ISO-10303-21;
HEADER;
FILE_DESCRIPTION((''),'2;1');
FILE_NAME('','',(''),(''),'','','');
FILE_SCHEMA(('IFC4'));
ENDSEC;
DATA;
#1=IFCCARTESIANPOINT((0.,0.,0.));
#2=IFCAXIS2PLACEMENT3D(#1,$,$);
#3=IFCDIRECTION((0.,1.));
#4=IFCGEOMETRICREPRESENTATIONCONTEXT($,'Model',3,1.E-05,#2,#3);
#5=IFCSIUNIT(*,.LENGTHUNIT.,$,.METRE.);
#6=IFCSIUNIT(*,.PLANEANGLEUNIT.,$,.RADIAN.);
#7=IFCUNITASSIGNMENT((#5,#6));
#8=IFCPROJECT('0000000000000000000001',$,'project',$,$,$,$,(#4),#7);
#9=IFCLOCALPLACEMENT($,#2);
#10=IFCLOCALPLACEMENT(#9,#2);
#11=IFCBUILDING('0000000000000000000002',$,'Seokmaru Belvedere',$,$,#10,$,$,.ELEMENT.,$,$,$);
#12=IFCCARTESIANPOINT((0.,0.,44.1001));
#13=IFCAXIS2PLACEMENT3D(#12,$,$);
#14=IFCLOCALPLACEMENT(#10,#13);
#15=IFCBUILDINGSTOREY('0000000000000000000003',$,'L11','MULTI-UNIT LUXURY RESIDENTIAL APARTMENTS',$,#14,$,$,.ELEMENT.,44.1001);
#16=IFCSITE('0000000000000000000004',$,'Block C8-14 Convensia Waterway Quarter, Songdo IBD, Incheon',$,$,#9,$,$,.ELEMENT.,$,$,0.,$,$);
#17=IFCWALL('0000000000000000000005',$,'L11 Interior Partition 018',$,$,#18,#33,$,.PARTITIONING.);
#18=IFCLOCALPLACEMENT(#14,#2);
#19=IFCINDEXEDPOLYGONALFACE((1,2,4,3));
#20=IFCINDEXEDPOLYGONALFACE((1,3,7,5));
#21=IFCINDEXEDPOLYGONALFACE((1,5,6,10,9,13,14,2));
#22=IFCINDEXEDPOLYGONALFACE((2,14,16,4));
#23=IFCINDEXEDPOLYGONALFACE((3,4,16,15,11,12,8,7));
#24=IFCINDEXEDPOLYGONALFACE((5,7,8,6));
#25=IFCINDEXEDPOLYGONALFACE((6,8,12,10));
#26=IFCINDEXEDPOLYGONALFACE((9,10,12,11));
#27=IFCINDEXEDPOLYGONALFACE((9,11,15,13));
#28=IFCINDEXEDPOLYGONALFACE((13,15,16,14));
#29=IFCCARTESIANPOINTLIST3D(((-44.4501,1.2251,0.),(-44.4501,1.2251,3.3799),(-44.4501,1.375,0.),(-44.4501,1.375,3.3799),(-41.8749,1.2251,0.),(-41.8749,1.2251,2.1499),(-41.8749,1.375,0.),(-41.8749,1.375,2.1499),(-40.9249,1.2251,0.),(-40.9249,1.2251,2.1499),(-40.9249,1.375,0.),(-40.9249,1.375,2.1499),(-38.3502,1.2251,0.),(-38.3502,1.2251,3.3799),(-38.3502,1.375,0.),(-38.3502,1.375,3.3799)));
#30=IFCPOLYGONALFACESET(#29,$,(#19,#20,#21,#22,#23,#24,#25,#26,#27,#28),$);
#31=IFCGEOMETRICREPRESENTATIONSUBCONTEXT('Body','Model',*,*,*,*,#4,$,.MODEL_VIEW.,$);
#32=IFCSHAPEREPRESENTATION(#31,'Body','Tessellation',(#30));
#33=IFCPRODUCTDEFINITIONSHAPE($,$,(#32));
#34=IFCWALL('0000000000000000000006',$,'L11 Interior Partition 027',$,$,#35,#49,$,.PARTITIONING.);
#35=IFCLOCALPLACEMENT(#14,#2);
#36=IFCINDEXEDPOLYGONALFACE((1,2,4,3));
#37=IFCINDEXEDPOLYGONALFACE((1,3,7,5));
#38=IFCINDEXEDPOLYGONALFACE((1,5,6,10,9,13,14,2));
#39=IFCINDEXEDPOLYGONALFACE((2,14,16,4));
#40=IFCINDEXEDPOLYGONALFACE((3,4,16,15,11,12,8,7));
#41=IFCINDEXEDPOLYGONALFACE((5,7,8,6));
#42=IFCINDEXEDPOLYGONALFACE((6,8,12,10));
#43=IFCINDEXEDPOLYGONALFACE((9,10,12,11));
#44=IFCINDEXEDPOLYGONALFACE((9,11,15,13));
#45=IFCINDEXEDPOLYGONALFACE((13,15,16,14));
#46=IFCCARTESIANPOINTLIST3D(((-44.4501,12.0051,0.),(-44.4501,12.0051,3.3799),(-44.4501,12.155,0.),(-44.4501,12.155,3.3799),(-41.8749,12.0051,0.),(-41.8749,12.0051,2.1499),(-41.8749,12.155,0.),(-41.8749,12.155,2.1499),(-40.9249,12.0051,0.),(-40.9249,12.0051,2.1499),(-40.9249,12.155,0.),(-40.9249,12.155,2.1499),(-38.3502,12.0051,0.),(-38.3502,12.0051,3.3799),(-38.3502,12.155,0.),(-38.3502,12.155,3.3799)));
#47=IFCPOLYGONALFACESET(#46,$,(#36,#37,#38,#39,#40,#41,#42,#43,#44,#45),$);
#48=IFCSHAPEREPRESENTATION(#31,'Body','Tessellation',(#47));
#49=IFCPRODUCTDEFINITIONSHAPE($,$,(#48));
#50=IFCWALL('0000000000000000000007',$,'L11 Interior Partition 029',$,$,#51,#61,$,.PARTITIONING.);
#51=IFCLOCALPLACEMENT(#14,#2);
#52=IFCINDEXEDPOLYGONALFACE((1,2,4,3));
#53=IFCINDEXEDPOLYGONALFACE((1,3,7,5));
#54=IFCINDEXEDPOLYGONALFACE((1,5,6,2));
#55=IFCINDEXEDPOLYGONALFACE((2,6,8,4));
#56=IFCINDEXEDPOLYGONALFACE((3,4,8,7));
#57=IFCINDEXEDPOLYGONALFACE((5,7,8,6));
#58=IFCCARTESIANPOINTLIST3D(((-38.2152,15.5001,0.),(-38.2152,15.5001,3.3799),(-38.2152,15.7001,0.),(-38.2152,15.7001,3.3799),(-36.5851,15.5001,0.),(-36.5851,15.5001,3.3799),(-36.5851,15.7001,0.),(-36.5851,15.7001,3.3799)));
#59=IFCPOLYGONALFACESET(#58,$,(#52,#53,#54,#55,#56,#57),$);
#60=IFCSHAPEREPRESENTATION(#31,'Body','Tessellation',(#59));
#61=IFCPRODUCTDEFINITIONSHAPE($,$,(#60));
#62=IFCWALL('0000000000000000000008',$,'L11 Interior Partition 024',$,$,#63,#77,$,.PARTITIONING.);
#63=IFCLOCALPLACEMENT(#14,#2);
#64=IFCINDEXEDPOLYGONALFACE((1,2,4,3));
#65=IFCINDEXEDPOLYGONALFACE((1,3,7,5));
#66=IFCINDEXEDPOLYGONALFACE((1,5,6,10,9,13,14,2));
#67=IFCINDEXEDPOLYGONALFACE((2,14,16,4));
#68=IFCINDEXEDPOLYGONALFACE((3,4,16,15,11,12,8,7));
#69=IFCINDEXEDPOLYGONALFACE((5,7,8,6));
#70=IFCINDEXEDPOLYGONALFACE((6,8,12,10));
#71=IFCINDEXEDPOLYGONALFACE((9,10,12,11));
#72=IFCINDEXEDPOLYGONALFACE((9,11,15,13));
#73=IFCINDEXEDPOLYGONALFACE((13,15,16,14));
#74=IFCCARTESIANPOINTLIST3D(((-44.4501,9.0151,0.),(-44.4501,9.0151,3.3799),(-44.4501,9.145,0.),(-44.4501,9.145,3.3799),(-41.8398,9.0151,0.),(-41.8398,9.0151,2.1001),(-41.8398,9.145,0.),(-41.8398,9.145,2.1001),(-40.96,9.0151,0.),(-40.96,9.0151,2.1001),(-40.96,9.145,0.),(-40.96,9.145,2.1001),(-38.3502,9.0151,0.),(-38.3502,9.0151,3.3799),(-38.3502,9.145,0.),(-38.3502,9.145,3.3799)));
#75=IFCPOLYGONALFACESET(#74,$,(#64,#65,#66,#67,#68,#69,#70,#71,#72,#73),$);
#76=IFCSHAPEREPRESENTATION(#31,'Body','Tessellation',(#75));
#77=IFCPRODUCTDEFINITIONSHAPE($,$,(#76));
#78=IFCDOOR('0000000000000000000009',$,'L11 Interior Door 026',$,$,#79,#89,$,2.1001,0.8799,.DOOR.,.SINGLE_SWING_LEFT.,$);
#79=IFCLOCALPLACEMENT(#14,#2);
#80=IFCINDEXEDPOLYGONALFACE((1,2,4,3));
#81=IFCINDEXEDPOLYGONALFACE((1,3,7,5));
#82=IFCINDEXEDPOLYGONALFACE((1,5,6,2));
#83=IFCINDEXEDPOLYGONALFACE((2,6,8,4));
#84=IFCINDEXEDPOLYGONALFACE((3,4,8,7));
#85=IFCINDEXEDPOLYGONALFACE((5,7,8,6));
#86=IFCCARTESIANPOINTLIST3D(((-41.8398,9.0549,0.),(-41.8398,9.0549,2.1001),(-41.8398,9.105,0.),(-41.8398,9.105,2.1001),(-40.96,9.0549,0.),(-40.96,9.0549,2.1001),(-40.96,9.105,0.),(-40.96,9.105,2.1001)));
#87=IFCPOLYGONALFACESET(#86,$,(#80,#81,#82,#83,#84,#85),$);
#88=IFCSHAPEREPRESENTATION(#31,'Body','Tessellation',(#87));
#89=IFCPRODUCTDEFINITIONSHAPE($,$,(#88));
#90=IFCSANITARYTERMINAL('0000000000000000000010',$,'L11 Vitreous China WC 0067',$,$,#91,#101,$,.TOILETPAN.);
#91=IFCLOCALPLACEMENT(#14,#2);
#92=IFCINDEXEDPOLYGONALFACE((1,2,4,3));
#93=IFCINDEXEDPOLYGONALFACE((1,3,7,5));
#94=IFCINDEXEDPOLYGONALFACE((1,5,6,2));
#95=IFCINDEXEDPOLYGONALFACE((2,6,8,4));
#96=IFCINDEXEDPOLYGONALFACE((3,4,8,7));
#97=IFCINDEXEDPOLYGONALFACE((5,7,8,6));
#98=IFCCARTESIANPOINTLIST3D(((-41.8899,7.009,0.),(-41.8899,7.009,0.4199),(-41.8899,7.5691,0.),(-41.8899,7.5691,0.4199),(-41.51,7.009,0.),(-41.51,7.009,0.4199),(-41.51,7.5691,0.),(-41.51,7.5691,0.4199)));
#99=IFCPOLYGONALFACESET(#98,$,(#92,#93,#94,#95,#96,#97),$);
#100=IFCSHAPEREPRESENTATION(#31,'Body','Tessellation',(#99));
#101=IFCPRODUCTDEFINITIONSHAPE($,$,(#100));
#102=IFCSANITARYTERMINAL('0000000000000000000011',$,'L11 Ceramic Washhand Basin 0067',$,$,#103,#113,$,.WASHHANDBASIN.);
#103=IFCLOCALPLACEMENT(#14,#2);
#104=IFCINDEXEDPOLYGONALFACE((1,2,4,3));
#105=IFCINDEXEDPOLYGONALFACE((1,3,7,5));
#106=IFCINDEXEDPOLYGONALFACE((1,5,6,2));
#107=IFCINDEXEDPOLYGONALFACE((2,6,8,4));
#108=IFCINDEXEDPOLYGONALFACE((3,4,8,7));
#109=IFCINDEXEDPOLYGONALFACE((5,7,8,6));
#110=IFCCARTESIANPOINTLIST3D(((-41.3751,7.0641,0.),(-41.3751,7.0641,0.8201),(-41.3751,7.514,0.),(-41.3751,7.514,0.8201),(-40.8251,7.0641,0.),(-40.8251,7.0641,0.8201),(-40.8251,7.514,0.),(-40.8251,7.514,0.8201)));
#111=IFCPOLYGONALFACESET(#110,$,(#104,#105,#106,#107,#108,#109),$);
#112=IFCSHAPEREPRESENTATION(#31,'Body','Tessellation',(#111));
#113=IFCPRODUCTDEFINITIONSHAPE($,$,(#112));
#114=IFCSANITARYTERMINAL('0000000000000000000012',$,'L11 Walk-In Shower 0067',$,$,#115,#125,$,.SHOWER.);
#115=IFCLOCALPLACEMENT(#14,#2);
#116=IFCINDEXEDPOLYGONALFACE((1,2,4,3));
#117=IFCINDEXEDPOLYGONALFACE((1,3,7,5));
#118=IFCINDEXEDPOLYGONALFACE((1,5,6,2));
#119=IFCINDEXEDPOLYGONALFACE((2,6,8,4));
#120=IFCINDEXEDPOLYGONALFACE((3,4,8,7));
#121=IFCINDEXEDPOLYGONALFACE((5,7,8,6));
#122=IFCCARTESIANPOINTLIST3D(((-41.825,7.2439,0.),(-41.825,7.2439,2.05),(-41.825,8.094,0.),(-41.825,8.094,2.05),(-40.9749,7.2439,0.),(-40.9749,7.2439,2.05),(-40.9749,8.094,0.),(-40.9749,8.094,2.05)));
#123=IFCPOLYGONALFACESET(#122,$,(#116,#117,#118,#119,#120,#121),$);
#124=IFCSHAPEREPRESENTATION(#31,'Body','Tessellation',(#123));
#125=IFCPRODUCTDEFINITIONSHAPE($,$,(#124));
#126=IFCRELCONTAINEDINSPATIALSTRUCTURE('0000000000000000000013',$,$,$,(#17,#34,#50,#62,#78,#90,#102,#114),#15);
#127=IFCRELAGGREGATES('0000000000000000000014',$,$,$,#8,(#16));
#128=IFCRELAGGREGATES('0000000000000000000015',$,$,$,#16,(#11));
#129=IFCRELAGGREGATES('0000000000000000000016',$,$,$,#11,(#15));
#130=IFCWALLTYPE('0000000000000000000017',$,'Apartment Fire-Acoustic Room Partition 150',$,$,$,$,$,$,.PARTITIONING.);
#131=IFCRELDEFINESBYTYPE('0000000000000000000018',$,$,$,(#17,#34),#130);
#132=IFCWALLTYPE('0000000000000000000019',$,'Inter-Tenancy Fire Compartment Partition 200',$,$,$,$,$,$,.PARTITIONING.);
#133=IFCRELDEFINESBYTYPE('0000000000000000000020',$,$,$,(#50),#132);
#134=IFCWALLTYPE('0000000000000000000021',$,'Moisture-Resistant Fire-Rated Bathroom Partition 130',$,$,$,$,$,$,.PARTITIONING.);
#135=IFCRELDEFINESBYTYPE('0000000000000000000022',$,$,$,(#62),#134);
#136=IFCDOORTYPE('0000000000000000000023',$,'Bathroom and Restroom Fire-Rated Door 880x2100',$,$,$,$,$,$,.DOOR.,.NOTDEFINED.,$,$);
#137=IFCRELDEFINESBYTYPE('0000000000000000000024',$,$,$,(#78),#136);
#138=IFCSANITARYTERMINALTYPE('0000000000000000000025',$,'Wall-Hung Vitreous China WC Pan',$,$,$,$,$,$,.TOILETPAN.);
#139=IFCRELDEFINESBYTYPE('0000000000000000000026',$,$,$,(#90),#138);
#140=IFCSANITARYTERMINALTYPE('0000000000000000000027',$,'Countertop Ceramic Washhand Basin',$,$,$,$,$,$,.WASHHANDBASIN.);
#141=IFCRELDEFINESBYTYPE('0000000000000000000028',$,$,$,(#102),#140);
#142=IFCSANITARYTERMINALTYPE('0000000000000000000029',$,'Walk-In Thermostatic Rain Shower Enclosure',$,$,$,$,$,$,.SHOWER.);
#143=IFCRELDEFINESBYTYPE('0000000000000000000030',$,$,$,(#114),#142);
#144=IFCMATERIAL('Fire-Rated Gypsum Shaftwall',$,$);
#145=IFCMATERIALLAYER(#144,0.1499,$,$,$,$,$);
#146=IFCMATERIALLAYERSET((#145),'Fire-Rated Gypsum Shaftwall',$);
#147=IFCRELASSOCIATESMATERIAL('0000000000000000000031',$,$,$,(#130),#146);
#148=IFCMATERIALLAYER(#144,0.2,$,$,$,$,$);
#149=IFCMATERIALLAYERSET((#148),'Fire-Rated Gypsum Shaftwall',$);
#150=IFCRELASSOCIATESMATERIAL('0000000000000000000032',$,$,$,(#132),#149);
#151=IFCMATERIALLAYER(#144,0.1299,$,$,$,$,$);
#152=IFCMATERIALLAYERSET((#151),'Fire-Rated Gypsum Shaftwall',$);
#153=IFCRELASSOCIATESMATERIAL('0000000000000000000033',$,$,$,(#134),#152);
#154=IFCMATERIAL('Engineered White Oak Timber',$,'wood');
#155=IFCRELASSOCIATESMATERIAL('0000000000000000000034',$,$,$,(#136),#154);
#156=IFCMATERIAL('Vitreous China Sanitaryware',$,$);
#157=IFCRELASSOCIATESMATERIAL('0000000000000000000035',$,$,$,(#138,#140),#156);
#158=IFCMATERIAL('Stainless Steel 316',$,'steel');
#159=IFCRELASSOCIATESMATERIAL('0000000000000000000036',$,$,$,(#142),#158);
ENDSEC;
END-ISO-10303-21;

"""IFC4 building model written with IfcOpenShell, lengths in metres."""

from ifc_helpers import new_model, si_unit, direction, frame, frame_2d, origin, origin_2d, place, context, subcontext, project, spatial, rectangle, extrude, source, transform, mapped, material, layer, layer_set, type_object, type_shapes, element, fill, save


model = new_model("IFC4")

# Units and contexts
model_context = context("Model", 3, precision=1e-05, world=origin(), true_north=direction((0.0, 1.0)))
body_context = subcontext(model_context, "Body", "Model", "MODEL_VIEW")
ifc_project = project(units=[si_unit("LENGTHUNIT", "METRE"), si_unit("PLANEANGLEUNIT", "RADIAN")], contexts=[model_context])

# Site, building, storey
site_placement = place(None, origin())
site = spatial("IfcSite", under=ifc_project, at=site_placement, Name="Block C8-14 Convensia Waterway Quarter, Songdo IBD, Incheon", CompositionType="ELEMENT", RefElevation=0.0)
building_placement = place(site_placement, origin())
building = spatial("IfcBuilding", under=site, at=building_placement, Name="Seokmaru Belvedere", CompositionType="ELEMENT")
storey_placement = place(building_placement, frame((0.0, 0.0, 44.1001)))
storey = spatial("IfcBuildingStorey", under=building, at=storey_placement, Name="L11", Description="MULTI-UNIT LUXURY RESIDENTIAL APARTMENTS", CompositionType="ELEMENT", Elevation=44.1001)

# Walls, openings
ifc_material_1 = material(Name="Fire-Rated Gypsum Shaftwall")
ifc_layer_1 = layer(ifc_material_1, 0.1499)
ifc_layer_set_1 = layer_set([ifc_layer_1], Name="Fire-Rated Gypsum Shaftwall")
wall_type_1 = type_object("IfcWallType", Name="Apartment Fire-Acoustic Room Partition 150", PredefinedType="PARTITIONING", material=ifc_layer_set_1)
wall_1_placement = place(storey_placement, frame((-44.45, 1.3, 0.0), z_axis=(0.0, 0.0, 1.0), x_axis=(1.0, 0.0, 0.0)))
wall_1 = element("IfcWall", 1, at=wall_1_placement, inside=storey, type_object=wall_type_1, Name="L11 Interior Partition 018", PredefinedType="PARTITIONING", context=body_context, shape_type="SweptSolid", body=[
    extrude(rectangle(XDim=6.0999, YDim=0.1499, at=frame_2d((3.0498, 0.0))), origin(), (0.0, 0.0, 1.0), 3.3799),
])
opening_1_placement = place(wall_1_placement, frame((2.575, 0.0, 0.0)))
element("IfcOpeningElement", 2, at=opening_1_placement, cuts=wall_1, PredefinedType="OPENING", context=body_context, shape_type="SweptSolid", body=[
    extrude(rectangle(XDim=0.95, YDim=2.1499, at=frame_2d((0.4751, 1.075))), frame((0.0, 0.085, 0.0), z_axis=(0.0, -1.0, 0.0), x_axis=(1.0, 0.0, 0.0)), (0.0, 0.0, 1.0), 0.1699),
])
wall_2_placement = place(storey_placement, frame((-44.45, 12.0801, 0.0), z_axis=(0.0, 0.0, 1.0), x_axis=(1.0, 0.0, 0.0)))
wall_2 = element("IfcWall", 3, at=wall_2_placement, inside=storey, type_object=wall_type_1, Name="L11 Interior Partition 027", PredefinedType="PARTITIONING", context=body_context, shape_type="SweptSolid", body=[
    extrude(rectangle(XDim=6.0999, YDim=0.1499, at=frame_2d((3.0498, 0.0))), origin(), (0.0, 0.0, 1.0), 3.3799),
])
opening_2_placement = place(wall_2_placement, frame((2.575, 0.0, 0.0)))
element("IfcOpeningElement", 4, at=opening_2_placement, cuts=wall_2, PredefinedType="OPENING", context=body_context, shape_type="SweptSolid", body=[
    extrude(rectangle(XDim=0.95, YDim=2.1499, at=frame_2d((0.4751, 1.075))), frame((0.0, 0.085, 0.0), z_axis=(0.0, -1.0, 0.0), x_axis=(1.0, 0.0, 0.0)), (0.0, 0.0, 1.0), 0.1699),
])

# Wall
ifc_layer_2 = layer(ifc_material_1, 0.2)
ifc_layer_set_2 = layer_set([ifc_layer_2], Name="Fire-Rated Gypsum Shaftwall")
wall_type_2 = type_object("IfcWallType", Name="Inter-Tenancy Fire Compartment Partition 200", PredefinedType="PARTITIONING", material=ifc_layer_set_2)
wall_3_placement = place(storey_placement, frame((-38.2151, 15.6001, 0.0), z_axis=(0.0, 0.0, 1.0), x_axis=(1.0, 0.0, 0.0)))
element("IfcWall", 5, at=wall_3_placement, inside=storey, type_object=wall_type_2, Name="L11 Interior Partition 029", PredefinedType="PARTITIONING", context=body_context, shape_type="SweptSolid", body=[
    extrude(rectangle(XDim=1.6301, YDim=0.2, at=frame_2d((0.8149, 0.0))), origin(), (0.0, 0.0, 1.0), 3.3799),
])

# Wall, opening, door
ifc_layer_3 = layer(ifc_material_1, 0.1299)
ifc_layer_set_3 = layer_set([ifc_layer_3], Name="Fire-Rated Gypsum Shaftwall")
wall_type_3 = type_object("IfcWallType", Name="Moisture-Resistant Fire-Rated Bathroom Partition 130", PredefinedType="PARTITIONING", material=ifc_layer_set_3)
wall_4_placement = place(storey_placement, frame((-44.45, 9.0801, 0.0), z_axis=(0.0, 0.0, 1.0), x_axis=(1.0, 0.0, 0.0)))
wall_4 = element("IfcWall", 6, at=wall_4_placement, inside=storey, type_object=wall_type_3, Name="L11 Interior Partition 024", PredefinedType="PARTITIONING", context=body_context, shape_type="SweptSolid", body=[
    extrude(rectangle(XDim=6.0999, YDim=0.1299, at=frame_2d((3.0498, 0.0))), origin(), (0.0, 0.0, 1.0), 3.3799),
])
opening_3_placement = place(wall_4_placement, frame((2.6101, 0.0, 0.0)))
opening_3 = element("IfcOpeningElement", 7, at=opening_3_placement, cuts=wall_4, PredefinedType="OPENING", context=body_context, shape_type="SweptSolid", body=[
    extrude(rectangle(XDim=0.8799, YDim=2.1001, at=frame_2d((0.4399, 1.05))), frame((0.0, 0.075, 0.0), z_axis=(0.0, -1.0, 0.0), x_axis=(1.0, 0.0, 0.0)), (0.0, 0.0, 1.0), 0.1499),
])
ifc_material_2 = material(Name="Engineered White Oak Timber", Category="wood")
door_type = type_object("IfcDoorType", Name="Bathroom and Restroom Fire-Rated Door 880x2100", OperationType="NOTDEFINED", PredefinedType="DOOR", material=ifc_material_2)
shared_shape_1 = source(origin(), body_context, "Body", "SweptSolid", [
    extrude(rectangle(XDim=0.8799, YDim=2.1001, at=frame_2d((0.4399, 1.05))), frame((0.0, 0.0249, 0.0), z_axis=(0.0, -1.0, 0.0), x_axis=(1.0, 0.0, 0.0)), (0.0, 0.0, 1.0), 0.05),
])
type_shapes(door_type, [shared_shape_1])
door_placement = place(opening_3_placement, origin())
door = element("IfcDoor", 8, at=door_placement, inside=storey, type_object=door_type, Name="L11 Interior Door 026", OperationType="SINGLE_SWING_LEFT", OverallHeight=2.1001, OverallWidth=0.8799, PredefinedType="DOOR", context=body_context, shape_type="MappedRepresentation", body=[
    mapped(shared_shape_1, transform((0.0, 0.0, 0.0), scale=1.0)),
])
fill(opening_3, door)

# Sanitary terminals
ifc_material_3 = material(Name="Vitreous China Sanitaryware")
sanitary_terminal_type_1 = type_object("IfcSanitaryTerminalType", Name="Wall-Hung Vitreous China WC Pan", PredefinedType="TOILETPAN", material=ifc_material_3)
shared_shape_2 = source(origin(), body_context, "Body", "SweptSolid", [
    extrude(rectangle(XDim=0.3799, YDim=0.5601, at=origin_2d()), origin(), (0.0, 0.0, 1.0), 0.4199),
])
type_shapes(sanitary_terminal_type_1, [shared_shape_2])
sanitary_terminal_1_placement = place(storey_placement, frame((-41.7, 7.2891, 0.0), z_axis=(0.0, 0.0, 1.0), x_axis=(1.0, 0.0, 0.0)))
element("IfcSanitaryTerminal", 9, at=sanitary_terminal_1_placement, inside=storey, type_object=sanitary_terminal_type_1, Name="L11 Vitreous China WC 0067", PredefinedType="TOILETPAN", context=body_context, shape_type="MappedRepresentation", body=[
    mapped(shared_shape_2, transform((0.0, 0.0, 0.0), scale=1.0)),
])
sanitary_terminal_type_2 = type_object("IfcSanitaryTerminalType", Name="Countertop Ceramic Washhand Basin", PredefinedType="WASHHANDBASIN", material=ifc_material_3)
shared_shape_3 = source(origin(), body_context, "Body", "SweptSolid", [
    extrude(rectangle(XDim=0.55, YDim=0.45, at=origin_2d()), origin(), (0.0, 0.0, 1.0), 0.8201),
])
type_shapes(sanitary_terminal_type_2, [shared_shape_3])
sanitary_terminal_2_placement = place(storey_placement, frame((-41.1001, 7.2891, 0.0), z_axis=(0.0, 0.0, 1.0), x_axis=(1.0, 0.0, 0.0)))
element("IfcSanitaryTerminal", 10, at=sanitary_terminal_2_placement, inside=storey, type_object=sanitary_terminal_type_2, Name="L11 Ceramic Washhand Basin 0067", PredefinedType="WASHHANDBASIN", context=body_context, shape_type="MappedRepresentation", body=[
    mapped(shared_shape_3, transform((0.0, 0.0, 0.0), scale=1.0)),
])
ifc_material_4 = material(Name="Stainless Steel 316", Category="steel")
sanitary_terminal_type_3 = type_object("IfcSanitaryTerminalType", Name="Walk-In Thermostatic Rain Shower Enclosure", PredefinedType="SHOWER", material=ifc_material_4)
shared_shape_4 = source(origin(), body_context, "Body", "SweptSolid", [
    extrude(rectangle(XDim=0.8501, YDim=0.8501, at=origin_2d()), origin(), (0.0, 0.0, 1.0), 2.05),
])
type_shapes(sanitary_terminal_type_3, [shared_shape_4])
sanitary_terminal_3_placement = place(storey_placement, frame((-41.3999, 7.6689, 0.0), z_axis=(0.0, 0.0, 1.0), x_axis=(1.0, 0.0, 0.0)))
element("IfcSanitaryTerminal", 11, at=sanitary_terminal_3_placement, inside=storey, type_object=sanitary_terminal_type_3, Name="L11 Walk-In Shower 0067", PredefinedType="SHOWER", context=body_context, shape_type="MappedRepresentation", body=[
    mapped(shared_shape_4, transform((0.0, 0.0, 0.0), scale=1.0)),
])

save(model, "model.ifc")
